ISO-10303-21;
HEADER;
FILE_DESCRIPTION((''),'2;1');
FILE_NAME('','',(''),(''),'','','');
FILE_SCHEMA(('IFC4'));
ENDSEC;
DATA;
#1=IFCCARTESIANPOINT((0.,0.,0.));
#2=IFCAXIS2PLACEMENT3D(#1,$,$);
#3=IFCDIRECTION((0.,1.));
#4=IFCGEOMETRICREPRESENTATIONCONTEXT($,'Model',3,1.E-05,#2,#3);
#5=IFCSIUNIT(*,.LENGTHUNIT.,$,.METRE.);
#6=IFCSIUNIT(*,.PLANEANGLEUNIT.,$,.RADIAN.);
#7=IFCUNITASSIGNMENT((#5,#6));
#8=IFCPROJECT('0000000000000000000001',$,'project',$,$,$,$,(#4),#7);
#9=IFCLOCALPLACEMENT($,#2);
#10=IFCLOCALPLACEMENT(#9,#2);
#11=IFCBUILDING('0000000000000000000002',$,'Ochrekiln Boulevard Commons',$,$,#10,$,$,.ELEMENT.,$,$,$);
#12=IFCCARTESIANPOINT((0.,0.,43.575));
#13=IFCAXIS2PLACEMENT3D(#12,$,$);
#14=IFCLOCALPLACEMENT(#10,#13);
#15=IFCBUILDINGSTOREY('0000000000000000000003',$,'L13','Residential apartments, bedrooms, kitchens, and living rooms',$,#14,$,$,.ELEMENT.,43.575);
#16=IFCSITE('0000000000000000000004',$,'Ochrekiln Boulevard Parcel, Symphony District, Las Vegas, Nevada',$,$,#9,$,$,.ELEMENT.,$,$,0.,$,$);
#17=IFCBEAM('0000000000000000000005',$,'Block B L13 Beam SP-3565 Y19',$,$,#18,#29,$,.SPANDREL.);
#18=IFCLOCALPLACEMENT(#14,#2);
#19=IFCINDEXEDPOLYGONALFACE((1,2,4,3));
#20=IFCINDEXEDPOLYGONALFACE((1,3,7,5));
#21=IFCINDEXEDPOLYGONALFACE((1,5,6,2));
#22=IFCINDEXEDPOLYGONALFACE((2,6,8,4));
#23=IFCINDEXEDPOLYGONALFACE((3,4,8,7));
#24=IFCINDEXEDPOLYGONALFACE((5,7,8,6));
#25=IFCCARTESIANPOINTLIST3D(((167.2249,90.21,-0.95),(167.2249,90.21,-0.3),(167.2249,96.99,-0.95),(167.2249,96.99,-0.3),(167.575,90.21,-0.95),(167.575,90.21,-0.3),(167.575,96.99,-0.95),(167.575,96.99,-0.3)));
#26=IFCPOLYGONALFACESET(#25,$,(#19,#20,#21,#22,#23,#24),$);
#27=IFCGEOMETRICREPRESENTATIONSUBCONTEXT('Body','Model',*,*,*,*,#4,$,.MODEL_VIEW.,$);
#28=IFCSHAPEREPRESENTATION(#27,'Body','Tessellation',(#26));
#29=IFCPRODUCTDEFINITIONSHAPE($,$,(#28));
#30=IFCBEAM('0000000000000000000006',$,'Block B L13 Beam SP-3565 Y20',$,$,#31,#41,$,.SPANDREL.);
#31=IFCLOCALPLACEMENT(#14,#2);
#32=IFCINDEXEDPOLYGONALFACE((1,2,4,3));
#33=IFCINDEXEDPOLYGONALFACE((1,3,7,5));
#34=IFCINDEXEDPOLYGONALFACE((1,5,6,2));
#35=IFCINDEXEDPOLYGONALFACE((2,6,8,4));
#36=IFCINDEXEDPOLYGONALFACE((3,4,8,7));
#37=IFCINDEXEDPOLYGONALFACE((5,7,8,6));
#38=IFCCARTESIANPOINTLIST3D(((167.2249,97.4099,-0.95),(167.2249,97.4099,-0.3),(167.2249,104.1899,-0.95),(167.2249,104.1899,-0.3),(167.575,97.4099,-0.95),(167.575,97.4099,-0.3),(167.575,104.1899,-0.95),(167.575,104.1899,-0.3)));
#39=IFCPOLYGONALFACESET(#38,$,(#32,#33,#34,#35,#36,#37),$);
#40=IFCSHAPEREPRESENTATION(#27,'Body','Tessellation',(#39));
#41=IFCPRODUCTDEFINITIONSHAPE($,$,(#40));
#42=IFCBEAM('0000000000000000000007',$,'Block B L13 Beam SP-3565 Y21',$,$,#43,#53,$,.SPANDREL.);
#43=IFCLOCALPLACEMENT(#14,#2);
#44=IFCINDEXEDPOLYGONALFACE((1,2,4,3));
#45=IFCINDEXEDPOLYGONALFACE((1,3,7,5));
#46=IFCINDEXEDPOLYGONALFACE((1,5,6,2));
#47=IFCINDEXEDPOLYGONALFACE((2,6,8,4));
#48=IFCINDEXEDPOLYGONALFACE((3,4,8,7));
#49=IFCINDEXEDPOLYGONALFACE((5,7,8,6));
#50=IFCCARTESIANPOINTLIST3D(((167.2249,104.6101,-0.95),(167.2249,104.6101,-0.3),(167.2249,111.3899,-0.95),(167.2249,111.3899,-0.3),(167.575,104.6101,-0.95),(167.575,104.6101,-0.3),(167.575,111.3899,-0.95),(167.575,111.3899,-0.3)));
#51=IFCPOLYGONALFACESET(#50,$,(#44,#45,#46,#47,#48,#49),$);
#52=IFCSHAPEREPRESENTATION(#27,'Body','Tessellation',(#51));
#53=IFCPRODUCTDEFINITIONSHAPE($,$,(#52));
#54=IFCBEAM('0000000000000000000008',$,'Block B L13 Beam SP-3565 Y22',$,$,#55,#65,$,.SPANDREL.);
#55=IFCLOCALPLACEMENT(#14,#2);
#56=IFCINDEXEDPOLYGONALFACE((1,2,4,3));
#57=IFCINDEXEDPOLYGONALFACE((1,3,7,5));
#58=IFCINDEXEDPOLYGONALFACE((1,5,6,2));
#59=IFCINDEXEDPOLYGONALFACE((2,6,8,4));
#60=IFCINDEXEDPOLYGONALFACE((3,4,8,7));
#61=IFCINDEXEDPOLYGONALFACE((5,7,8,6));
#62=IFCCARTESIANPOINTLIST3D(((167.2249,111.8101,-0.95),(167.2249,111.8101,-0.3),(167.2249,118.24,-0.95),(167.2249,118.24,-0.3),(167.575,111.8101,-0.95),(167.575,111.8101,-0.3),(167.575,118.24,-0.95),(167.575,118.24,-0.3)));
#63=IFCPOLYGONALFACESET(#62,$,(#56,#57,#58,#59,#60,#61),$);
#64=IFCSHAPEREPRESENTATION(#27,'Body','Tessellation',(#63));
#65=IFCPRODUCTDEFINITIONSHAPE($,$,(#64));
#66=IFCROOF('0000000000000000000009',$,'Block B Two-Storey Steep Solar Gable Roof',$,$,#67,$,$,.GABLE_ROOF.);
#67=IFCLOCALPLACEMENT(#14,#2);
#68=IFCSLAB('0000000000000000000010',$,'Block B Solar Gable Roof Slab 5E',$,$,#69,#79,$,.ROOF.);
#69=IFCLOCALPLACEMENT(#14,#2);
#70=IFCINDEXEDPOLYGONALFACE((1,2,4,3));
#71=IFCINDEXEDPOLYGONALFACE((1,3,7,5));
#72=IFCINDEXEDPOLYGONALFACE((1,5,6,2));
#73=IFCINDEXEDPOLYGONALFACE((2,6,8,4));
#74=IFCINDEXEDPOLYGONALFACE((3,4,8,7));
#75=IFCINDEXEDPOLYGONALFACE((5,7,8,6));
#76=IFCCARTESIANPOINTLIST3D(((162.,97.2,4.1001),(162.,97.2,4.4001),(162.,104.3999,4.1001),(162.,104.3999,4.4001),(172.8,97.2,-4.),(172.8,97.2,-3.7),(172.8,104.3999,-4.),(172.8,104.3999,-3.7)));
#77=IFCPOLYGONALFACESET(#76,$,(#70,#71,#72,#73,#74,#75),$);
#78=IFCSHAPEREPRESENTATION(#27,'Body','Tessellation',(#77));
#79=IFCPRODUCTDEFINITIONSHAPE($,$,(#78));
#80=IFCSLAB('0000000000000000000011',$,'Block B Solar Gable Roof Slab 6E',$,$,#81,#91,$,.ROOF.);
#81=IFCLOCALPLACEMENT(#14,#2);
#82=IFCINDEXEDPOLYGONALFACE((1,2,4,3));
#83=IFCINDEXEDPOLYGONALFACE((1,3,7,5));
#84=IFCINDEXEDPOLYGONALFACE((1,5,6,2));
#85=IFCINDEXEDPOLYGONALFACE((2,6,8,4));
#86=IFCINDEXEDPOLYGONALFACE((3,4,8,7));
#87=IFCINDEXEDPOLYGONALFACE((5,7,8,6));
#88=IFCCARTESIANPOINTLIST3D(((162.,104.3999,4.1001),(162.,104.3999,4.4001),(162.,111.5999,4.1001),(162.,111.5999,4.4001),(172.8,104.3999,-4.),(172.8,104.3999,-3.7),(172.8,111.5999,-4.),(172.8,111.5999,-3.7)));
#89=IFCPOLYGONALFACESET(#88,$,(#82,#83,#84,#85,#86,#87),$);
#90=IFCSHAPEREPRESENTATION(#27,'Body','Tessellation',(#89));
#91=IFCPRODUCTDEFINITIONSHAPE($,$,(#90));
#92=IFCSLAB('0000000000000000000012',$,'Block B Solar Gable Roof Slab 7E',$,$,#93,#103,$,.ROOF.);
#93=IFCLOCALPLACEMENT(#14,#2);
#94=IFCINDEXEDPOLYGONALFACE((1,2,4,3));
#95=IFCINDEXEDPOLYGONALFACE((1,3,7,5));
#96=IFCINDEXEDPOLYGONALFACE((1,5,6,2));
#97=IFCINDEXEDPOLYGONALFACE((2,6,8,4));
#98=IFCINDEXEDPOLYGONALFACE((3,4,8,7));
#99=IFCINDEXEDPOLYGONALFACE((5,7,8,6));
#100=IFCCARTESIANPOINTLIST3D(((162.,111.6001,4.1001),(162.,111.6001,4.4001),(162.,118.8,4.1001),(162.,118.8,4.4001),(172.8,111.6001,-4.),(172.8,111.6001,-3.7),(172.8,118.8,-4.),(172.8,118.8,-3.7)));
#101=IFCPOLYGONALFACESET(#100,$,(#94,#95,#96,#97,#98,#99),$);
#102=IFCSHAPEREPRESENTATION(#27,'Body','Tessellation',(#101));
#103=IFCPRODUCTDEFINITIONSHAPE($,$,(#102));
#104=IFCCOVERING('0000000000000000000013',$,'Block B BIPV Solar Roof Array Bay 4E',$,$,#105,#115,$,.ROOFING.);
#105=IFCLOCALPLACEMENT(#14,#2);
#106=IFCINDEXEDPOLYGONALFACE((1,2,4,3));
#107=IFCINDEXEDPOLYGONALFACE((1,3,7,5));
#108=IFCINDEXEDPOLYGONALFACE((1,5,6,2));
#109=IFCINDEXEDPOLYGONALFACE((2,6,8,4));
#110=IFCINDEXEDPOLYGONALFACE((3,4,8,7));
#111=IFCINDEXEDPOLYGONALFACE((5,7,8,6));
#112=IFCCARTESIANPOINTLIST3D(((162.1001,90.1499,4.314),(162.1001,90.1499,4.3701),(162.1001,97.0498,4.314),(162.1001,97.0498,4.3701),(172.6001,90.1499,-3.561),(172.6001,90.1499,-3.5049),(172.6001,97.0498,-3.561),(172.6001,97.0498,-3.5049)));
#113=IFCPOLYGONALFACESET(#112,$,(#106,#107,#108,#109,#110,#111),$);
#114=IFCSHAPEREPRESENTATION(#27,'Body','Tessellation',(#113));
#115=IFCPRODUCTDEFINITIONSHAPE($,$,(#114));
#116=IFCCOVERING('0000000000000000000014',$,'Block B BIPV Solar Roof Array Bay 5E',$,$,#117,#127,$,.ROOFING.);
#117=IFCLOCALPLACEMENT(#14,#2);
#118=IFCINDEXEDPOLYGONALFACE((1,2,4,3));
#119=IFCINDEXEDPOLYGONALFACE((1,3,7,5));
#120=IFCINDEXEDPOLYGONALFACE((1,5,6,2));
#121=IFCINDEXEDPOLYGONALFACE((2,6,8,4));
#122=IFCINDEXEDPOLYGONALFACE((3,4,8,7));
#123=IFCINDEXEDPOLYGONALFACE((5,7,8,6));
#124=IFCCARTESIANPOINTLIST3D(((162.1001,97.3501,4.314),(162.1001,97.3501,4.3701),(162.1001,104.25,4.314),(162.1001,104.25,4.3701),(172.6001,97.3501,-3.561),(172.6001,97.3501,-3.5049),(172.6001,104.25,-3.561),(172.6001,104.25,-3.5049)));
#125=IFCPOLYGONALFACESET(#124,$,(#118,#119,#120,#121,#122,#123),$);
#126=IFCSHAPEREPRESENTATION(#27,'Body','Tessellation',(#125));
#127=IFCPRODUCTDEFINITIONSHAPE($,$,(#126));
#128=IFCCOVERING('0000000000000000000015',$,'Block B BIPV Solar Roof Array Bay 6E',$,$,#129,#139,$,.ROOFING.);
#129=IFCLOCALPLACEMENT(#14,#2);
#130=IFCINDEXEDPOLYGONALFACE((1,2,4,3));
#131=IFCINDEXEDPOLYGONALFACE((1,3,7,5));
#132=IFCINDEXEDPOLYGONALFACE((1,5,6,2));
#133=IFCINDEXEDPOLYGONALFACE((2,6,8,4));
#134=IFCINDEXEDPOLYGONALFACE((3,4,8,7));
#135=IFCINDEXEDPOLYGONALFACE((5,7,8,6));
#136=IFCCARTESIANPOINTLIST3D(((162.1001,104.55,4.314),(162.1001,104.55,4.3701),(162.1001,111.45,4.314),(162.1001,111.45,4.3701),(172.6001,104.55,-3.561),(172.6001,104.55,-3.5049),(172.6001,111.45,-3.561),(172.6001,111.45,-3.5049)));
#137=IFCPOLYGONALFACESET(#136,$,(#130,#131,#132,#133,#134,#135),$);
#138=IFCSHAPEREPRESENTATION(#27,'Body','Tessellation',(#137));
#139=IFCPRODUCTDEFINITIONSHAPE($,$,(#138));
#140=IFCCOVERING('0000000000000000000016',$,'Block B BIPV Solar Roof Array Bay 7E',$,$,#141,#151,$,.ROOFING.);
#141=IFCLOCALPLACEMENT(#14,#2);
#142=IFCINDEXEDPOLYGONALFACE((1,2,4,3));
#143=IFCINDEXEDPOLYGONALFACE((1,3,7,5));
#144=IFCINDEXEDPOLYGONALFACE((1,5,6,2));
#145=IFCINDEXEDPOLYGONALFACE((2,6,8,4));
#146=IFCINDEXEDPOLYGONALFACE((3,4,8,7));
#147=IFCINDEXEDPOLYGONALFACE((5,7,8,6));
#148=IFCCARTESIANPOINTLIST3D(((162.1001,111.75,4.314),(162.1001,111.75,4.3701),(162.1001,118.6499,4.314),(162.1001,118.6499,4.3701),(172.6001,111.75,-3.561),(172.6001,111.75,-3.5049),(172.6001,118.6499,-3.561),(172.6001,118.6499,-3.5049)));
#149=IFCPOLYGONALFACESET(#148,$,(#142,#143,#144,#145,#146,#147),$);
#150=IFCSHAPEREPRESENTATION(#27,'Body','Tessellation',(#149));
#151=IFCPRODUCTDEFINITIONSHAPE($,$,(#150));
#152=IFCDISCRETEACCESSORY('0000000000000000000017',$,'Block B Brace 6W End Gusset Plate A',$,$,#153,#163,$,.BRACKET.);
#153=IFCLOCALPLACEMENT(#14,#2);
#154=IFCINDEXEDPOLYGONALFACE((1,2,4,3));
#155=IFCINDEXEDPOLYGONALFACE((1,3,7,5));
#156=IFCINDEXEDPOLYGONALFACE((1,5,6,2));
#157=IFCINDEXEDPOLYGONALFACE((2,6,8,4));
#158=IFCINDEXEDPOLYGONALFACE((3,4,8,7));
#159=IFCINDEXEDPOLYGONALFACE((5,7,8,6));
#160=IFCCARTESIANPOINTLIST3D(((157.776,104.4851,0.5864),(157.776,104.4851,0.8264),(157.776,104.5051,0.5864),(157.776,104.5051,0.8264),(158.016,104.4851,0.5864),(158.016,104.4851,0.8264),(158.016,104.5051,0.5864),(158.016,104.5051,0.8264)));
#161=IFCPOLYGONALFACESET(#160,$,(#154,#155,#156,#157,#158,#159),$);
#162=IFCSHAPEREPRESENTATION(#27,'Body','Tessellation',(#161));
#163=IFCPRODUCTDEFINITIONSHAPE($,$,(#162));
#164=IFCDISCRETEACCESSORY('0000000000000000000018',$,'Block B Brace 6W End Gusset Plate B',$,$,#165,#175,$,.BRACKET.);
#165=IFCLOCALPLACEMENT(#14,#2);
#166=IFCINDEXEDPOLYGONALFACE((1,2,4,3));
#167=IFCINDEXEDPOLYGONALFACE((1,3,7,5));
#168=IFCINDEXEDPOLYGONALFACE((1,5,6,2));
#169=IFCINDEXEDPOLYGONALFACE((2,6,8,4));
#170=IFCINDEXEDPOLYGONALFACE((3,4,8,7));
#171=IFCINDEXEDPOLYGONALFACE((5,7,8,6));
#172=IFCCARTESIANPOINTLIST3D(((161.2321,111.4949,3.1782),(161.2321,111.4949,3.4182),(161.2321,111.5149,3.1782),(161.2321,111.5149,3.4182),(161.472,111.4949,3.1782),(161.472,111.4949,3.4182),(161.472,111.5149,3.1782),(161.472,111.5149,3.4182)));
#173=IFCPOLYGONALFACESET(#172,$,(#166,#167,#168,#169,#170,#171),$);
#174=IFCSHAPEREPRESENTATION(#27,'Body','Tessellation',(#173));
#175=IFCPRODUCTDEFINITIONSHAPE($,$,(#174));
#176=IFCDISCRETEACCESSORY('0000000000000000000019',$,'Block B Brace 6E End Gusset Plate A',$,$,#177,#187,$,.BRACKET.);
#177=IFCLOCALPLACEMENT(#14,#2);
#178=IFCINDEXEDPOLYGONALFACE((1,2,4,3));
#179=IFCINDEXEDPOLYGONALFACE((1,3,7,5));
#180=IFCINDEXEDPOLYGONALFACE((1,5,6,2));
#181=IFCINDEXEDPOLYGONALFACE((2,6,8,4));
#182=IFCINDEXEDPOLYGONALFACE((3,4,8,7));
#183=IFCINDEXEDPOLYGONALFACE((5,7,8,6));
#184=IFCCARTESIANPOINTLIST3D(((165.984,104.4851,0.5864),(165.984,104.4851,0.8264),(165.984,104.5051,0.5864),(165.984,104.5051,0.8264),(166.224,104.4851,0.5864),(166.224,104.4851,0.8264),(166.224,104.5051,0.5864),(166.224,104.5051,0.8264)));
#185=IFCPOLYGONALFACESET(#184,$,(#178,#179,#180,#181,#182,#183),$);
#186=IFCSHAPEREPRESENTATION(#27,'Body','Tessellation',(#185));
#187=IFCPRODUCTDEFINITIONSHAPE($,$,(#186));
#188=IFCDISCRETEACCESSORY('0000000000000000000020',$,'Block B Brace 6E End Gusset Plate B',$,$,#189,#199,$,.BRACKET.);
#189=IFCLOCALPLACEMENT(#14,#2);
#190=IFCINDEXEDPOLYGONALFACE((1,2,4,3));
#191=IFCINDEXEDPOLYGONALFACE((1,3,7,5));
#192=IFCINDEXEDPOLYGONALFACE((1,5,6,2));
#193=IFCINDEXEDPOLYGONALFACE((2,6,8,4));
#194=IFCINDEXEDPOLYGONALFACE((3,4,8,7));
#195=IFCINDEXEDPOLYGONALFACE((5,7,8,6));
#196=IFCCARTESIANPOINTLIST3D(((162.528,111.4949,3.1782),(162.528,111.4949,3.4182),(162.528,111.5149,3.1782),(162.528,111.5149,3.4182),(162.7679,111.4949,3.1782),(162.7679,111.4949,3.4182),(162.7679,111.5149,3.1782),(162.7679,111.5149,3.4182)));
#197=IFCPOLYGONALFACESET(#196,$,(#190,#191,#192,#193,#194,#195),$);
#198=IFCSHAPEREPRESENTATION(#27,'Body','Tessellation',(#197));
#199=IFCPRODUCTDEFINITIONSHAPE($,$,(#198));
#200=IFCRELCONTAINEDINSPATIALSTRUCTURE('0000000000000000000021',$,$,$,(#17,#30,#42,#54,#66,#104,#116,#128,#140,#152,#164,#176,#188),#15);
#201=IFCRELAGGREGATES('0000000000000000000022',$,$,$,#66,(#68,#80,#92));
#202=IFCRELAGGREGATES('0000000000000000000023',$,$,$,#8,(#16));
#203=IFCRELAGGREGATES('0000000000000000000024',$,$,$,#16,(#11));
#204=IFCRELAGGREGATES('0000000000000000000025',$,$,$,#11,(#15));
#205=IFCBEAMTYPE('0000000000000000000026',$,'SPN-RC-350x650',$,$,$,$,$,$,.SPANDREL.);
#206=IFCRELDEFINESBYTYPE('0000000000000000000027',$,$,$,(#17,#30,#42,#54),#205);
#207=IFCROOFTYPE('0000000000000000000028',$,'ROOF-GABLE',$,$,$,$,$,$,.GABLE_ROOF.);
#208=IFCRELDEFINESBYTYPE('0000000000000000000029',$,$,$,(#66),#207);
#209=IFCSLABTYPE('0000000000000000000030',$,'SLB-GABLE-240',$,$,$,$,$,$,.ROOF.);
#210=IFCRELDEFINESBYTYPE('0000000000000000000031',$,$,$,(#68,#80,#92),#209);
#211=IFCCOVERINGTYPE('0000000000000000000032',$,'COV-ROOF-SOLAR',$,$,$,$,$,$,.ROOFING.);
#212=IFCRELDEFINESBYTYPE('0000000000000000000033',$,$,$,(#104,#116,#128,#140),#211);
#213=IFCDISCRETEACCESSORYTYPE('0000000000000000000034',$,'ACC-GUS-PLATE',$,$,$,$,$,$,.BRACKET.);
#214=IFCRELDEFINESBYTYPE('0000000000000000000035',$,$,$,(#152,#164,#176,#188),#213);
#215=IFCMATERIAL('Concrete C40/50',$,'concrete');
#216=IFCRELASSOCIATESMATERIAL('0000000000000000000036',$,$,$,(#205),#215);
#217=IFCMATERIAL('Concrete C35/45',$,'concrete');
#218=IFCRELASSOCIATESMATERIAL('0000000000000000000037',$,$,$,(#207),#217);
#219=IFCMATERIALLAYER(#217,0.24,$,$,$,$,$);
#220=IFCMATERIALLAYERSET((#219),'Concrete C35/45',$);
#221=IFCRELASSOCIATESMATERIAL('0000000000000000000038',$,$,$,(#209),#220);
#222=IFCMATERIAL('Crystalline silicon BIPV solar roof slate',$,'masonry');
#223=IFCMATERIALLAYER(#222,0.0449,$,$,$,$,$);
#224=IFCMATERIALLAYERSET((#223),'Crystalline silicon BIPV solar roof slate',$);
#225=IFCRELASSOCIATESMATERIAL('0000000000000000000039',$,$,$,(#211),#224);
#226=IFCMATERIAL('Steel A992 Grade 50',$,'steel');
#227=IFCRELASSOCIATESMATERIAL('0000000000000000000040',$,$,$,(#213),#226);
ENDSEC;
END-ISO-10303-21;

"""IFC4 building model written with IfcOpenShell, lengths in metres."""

from ifc_helpers import new_model, si_unit, direction, frame, origin, origin_2d, place, context, subcontext, project, spatial, polyline, rectangle, outline, extrude, material, layer, layer_set, material_profile, profile_set, type_object, element, aggregate, save


model = new_model("IFC4")

# Units and contexts
model_context = context("Model", 3, precision=1e-05, world=origin(), true_north=direction((0.0, 1.0)))
body_context = subcontext(model_context, "Body", "Model", "MODEL_VIEW")
ifc_project = project(units=[si_unit("LENGTHUNIT", "METRE"), si_unit("PLANEANGLEUNIT", "RADIAN")], contexts=[model_context])

# Site, building, storey
site_placement = place(None, origin())
site = spatial("IfcSite", under=ifc_project, at=site_placement, Name="Ochrekiln Boulevard Parcel, Symphony District, Las Vegas, Nevada", CompositionType="ELEMENT", RefElevation=0.0)
building_placement = place(site_placement, origin())
building = spatial("IfcBuilding", under=site, at=building_placement, Name="Ochrekiln Boulevard Commons", CompositionType="ELEMENT")
storey_placement = place(building_placement, frame((0.0, 0.0, 43.575)))
storey = spatial("IfcBuildingStorey", under=building, at=storey_placement, Name="L13", Description="Residential apartments, bedrooms, kitchens, and living rooms", CompositionType="ELEMENT", Elevation=43.575)

# Shared definitions
ifc_material_1 = material(Name="Concrete C40/50", Category="concrete")

# Shared definitions
ifc_material_2 = material(Name="Steel A992 Grade 50", Category="steel")

# Beams
ifc_material_profile_1 = material_profile(ifc_material_1, rectangle(XDim=0.3501, YDim=0.6499, at=origin_2d()), Name="RC-SPN-350x650")
ifc_profile_set_1 = profile_set([ifc_material_profile_1], Name="Concrete C40/50")
beam_type_1 = type_object("IfcBeamType", Name="SPN-RC-350x650", PredefinedType="SPANDREL", material=ifc_profile_set_1)
for number, where, z_axis, x_axis, name in (
    (1, (167.3999, 90.21, -0.625), (0.0, 1.0, 0.0), (-1.0, 0.0, 0.0), "Block B L13 Beam SP-3565 Y19"),
    (2, (167.3999, 97.4099, -0.625), (0.0, 1.0, 0.0), (-1.0, 0.0, 0.0), "Block B L13 Beam SP-3565 Y20"),
):
    element("IfcBeam", number, at=place(storey_placement, frame(where, z_axis=z_axis, x_axis=x_axis)), inside=storey, type_object=beam_type_1, Name=name, PredefinedType="SPANDREL", context=body_context, shape_type="SweptSolid", body=[
        extrude(rectangle(XDim=0.3501, YDim=0.6499, at=origin_2d()), origin(), (0.0, 0.0, 1.0), 6.78),
    ])
beam_1_placement = place(storey_placement, frame((167.3999, 104.6101, -0.625), z_axis=(0.0, 1.0, 0.0), x_axis=(-1.0, 0.0, 0.0)))
element("IfcBeam", 3, at=beam_1_placement, inside=storey, type_object=beam_type_1, Name="Block B L13 Beam SP-3565 Y21", PredefinedType="SPANDREL", context=body_context, shape_type="SweptSolid", body=[
    extrude(rectangle(XDim=0.3501, YDim=0.6499, at=origin_2d()), origin(), (0.0, 0.0, 1.0), 6.7798),
])
beam_2_placement = place(storey_placement, frame((167.3999, 111.8101, -0.625), z_axis=(0.0, 1.0, 0.0), x_axis=(-1.0, 0.0, 0.0)))
element("IfcBeam", 4, at=beam_2_placement, inside=storey, type_object=beam_type_1, Name="Block B L13 Beam SP-3565 Y22", PredefinedType="SPANDREL", context=body_context, shape_type="SweptSolid", body=[
    extrude(rectangle(XDim=0.3501, YDim=0.6499, at=origin_2d()), origin(), (0.0, 0.0, 1.0), 6.4299),
])

# Roof, slabs
ifc_material_3 = material(Name="Concrete C35/45", Category="concrete")
roof_type = type_object("IfcRoofType", Name="ROOF-GABLE", PredefinedType="GABLE_ROOF", material=ifc_material_3)
roof_placement = place(storey_placement, origin())
roof = element("IfcRoof", 5, at=roof_placement, inside=storey, type_object=roof_type, Name="Block B Two-Storey Steep Solar Gable Roof", PredefinedType="GABLE_ROOF")
ifc_layer_1 = layer(ifc_material_3, 0.24)
ifc_layer_set_1 = layer_set([ifc_layer_1], Name="Concrete C35/45")
slab_type = type_object("IfcSlabType", Name="SLB-GABLE-240", PredefinedType="ROOF", material=ifc_layer_set_1)
slab_1_placement = place(storey_placement, frame((172.8, 97.2, -3.7), z_axis=(0.0, 1.0, 0.0), x_axis=(-1.0, 0.0, 0.0)))
slab_1 = element("IfcSlab", 6, at=slab_1_placement, type_object=slab_type, Name="Block B Solar Gable Roof Slab 5E", PredefinedType="ROOF", context=body_context, shape_type="SweptSolid", body=[
    extrude(outline(polyline([(0.0, 0.0), (10.8, 8.1001), (10.8, 7.8), (0.0, -0.3), (0.0, 0.0)])), origin(), (0.0, 0.0, 1.0), 7.2),
])
slab_2_placement = place(storey_placement, frame((172.8, 104.3999, -3.7), z_axis=(0.0, 1.0, 0.0), x_axis=(-1.0, 0.0, 0.0)))
slab_2 = element("IfcSlab", 7, at=slab_2_placement, type_object=slab_type, Name="Block B Solar Gable Roof Slab 6E", PredefinedType="ROOF", context=body_context, shape_type="SweptSolid", body=[
    extrude(outline(polyline([(0.0, 0.0), (10.8, 8.1001), (10.8, 7.8), (0.0, -0.3), (0.0, 0.0)])), origin(), (0.0, 0.0, 1.0), 7.2),
])
slab_3_placement = place(storey_placement, frame((172.8, 111.6001, -3.7), z_axis=(0.0, 1.0, 0.0), x_axis=(-1.0, 0.0, 0.0)))
slab_3 = element("IfcSlab", 8, at=slab_3_placement, type_object=slab_type, Name="Block B Solar Gable Roof Slab 7E", PredefinedType="ROOF", context=body_context, shape_type="SweptSolid", body=[
    extrude(outline(polyline([(0.0, 0.0), (10.8, 8.1001), (10.8, 7.8), (0.0, -0.3), (0.0, 0.0)])), origin(), (0.0, 0.0, 1.0), 7.2),
])
aggregate(roof, [slab_1, slab_2, slab_3])

# Coverings
ifc_material_4 = material(Name="Crystalline silicon BIPV solar roof slate", Category="masonry")
ifc_layer_2 = layer(ifc_material_4, 0.0449)
ifc_layer_set_2 = layer_set([ifc_layer_2], Name="Crystalline silicon BIPV solar roof slate")
covering_type = type_object("IfcCoveringType", Name="COV-ROOF-SOLAR", PredefinedType="ROOFING", material=ifc_layer_set_2)
for number, where, z_axis, x_axis, name in (
    (9, (172.6001, 90.1499, -3.5049), (0.0, 1.0, 0.0), (-1.0, 0.0, 0.0), "Block B BIPV Solar Roof Array Bay 4E"),
    (10, (172.6001, 97.3501, -3.5049), (0.0, 1.0, 0.0), (-1.0, 0.0, 0.0), "Block B BIPV Solar Roof Array Bay 5E"),
    (11, (172.6001, 104.55, -3.5049), (0.0, 1.0, 0.0), (-1.0, 0.0, 0.0), "Block B BIPV Solar Roof Array Bay 6E"),
    (12, (172.6001, 111.75, -3.5049), (0.0, 1.0, 0.0), (-1.0, 0.0, 0.0), "Block B BIPV Solar Roof Array Bay 7E"),
):
    element("IfcCovering", number, at=place(storey_placement, frame(where, z_axis=z_axis, x_axis=x_axis)), inside=storey, type_object=covering_type, Name=name, PredefinedType="ROOFING", context=body_context, shape_type="SweptSolid", body=[
        extrude(outline(polyline([(0.0, 0.0), (10.5, 7.875), (10.5, 7.8188), (0.0, -0.0562), (0.0, 0.0)])), origin(), (0.0, 0.0, 1.0), 6.8999),
    ])

# Discrete accessories
discrete_accessory_type = type_object("IfcDiscreteAccessoryType", Name="ACC-GUS-PLATE", PredefinedType="BRACKET", material=ifc_material_2)
for number, where, z_axis, x_axis, name in (
    (13, (157.896, 104.4951, 0.5864), (0.0, 0.0, 1.0), (1.0, 0.0, 0.0), "Block B Brace 6W End Gusset Plate A"),
    (14, (161.3521, 111.5049, 3.1782), (0.0, 0.0, 1.0), (1.0, 0.0, 0.0), "Block B Brace 6W End Gusset Plate B"),
    (15, (166.104, 104.4951, 0.5864), (0.0, 0.0, 1.0), (1.0, 0.0, 0.0), "Block B Brace 6E End Gusset Plate A"),
    (16, (162.6479, 111.5049, 3.1782), (0.0, 0.0, 1.0), (1.0, 0.0, 0.0), "Block B Brace 6E End Gusset Plate B"),
):
    element("IfcDiscreteAccessory", number, at=place(storey_placement, frame(where, z_axis=z_axis, x_axis=x_axis)), inside=storey, type_object=discrete_accessory_type, Name=name, PredefinedType="BRACKET", context=body_context, shape_type="SweptSolid", body=[
        extrude(rectangle(XDim=0.24, YDim=0.02, at=origin_2d()), origin(), (0.0, 0.0, 1.0), 0.24),
    ])

save(model, "model.ifc")
